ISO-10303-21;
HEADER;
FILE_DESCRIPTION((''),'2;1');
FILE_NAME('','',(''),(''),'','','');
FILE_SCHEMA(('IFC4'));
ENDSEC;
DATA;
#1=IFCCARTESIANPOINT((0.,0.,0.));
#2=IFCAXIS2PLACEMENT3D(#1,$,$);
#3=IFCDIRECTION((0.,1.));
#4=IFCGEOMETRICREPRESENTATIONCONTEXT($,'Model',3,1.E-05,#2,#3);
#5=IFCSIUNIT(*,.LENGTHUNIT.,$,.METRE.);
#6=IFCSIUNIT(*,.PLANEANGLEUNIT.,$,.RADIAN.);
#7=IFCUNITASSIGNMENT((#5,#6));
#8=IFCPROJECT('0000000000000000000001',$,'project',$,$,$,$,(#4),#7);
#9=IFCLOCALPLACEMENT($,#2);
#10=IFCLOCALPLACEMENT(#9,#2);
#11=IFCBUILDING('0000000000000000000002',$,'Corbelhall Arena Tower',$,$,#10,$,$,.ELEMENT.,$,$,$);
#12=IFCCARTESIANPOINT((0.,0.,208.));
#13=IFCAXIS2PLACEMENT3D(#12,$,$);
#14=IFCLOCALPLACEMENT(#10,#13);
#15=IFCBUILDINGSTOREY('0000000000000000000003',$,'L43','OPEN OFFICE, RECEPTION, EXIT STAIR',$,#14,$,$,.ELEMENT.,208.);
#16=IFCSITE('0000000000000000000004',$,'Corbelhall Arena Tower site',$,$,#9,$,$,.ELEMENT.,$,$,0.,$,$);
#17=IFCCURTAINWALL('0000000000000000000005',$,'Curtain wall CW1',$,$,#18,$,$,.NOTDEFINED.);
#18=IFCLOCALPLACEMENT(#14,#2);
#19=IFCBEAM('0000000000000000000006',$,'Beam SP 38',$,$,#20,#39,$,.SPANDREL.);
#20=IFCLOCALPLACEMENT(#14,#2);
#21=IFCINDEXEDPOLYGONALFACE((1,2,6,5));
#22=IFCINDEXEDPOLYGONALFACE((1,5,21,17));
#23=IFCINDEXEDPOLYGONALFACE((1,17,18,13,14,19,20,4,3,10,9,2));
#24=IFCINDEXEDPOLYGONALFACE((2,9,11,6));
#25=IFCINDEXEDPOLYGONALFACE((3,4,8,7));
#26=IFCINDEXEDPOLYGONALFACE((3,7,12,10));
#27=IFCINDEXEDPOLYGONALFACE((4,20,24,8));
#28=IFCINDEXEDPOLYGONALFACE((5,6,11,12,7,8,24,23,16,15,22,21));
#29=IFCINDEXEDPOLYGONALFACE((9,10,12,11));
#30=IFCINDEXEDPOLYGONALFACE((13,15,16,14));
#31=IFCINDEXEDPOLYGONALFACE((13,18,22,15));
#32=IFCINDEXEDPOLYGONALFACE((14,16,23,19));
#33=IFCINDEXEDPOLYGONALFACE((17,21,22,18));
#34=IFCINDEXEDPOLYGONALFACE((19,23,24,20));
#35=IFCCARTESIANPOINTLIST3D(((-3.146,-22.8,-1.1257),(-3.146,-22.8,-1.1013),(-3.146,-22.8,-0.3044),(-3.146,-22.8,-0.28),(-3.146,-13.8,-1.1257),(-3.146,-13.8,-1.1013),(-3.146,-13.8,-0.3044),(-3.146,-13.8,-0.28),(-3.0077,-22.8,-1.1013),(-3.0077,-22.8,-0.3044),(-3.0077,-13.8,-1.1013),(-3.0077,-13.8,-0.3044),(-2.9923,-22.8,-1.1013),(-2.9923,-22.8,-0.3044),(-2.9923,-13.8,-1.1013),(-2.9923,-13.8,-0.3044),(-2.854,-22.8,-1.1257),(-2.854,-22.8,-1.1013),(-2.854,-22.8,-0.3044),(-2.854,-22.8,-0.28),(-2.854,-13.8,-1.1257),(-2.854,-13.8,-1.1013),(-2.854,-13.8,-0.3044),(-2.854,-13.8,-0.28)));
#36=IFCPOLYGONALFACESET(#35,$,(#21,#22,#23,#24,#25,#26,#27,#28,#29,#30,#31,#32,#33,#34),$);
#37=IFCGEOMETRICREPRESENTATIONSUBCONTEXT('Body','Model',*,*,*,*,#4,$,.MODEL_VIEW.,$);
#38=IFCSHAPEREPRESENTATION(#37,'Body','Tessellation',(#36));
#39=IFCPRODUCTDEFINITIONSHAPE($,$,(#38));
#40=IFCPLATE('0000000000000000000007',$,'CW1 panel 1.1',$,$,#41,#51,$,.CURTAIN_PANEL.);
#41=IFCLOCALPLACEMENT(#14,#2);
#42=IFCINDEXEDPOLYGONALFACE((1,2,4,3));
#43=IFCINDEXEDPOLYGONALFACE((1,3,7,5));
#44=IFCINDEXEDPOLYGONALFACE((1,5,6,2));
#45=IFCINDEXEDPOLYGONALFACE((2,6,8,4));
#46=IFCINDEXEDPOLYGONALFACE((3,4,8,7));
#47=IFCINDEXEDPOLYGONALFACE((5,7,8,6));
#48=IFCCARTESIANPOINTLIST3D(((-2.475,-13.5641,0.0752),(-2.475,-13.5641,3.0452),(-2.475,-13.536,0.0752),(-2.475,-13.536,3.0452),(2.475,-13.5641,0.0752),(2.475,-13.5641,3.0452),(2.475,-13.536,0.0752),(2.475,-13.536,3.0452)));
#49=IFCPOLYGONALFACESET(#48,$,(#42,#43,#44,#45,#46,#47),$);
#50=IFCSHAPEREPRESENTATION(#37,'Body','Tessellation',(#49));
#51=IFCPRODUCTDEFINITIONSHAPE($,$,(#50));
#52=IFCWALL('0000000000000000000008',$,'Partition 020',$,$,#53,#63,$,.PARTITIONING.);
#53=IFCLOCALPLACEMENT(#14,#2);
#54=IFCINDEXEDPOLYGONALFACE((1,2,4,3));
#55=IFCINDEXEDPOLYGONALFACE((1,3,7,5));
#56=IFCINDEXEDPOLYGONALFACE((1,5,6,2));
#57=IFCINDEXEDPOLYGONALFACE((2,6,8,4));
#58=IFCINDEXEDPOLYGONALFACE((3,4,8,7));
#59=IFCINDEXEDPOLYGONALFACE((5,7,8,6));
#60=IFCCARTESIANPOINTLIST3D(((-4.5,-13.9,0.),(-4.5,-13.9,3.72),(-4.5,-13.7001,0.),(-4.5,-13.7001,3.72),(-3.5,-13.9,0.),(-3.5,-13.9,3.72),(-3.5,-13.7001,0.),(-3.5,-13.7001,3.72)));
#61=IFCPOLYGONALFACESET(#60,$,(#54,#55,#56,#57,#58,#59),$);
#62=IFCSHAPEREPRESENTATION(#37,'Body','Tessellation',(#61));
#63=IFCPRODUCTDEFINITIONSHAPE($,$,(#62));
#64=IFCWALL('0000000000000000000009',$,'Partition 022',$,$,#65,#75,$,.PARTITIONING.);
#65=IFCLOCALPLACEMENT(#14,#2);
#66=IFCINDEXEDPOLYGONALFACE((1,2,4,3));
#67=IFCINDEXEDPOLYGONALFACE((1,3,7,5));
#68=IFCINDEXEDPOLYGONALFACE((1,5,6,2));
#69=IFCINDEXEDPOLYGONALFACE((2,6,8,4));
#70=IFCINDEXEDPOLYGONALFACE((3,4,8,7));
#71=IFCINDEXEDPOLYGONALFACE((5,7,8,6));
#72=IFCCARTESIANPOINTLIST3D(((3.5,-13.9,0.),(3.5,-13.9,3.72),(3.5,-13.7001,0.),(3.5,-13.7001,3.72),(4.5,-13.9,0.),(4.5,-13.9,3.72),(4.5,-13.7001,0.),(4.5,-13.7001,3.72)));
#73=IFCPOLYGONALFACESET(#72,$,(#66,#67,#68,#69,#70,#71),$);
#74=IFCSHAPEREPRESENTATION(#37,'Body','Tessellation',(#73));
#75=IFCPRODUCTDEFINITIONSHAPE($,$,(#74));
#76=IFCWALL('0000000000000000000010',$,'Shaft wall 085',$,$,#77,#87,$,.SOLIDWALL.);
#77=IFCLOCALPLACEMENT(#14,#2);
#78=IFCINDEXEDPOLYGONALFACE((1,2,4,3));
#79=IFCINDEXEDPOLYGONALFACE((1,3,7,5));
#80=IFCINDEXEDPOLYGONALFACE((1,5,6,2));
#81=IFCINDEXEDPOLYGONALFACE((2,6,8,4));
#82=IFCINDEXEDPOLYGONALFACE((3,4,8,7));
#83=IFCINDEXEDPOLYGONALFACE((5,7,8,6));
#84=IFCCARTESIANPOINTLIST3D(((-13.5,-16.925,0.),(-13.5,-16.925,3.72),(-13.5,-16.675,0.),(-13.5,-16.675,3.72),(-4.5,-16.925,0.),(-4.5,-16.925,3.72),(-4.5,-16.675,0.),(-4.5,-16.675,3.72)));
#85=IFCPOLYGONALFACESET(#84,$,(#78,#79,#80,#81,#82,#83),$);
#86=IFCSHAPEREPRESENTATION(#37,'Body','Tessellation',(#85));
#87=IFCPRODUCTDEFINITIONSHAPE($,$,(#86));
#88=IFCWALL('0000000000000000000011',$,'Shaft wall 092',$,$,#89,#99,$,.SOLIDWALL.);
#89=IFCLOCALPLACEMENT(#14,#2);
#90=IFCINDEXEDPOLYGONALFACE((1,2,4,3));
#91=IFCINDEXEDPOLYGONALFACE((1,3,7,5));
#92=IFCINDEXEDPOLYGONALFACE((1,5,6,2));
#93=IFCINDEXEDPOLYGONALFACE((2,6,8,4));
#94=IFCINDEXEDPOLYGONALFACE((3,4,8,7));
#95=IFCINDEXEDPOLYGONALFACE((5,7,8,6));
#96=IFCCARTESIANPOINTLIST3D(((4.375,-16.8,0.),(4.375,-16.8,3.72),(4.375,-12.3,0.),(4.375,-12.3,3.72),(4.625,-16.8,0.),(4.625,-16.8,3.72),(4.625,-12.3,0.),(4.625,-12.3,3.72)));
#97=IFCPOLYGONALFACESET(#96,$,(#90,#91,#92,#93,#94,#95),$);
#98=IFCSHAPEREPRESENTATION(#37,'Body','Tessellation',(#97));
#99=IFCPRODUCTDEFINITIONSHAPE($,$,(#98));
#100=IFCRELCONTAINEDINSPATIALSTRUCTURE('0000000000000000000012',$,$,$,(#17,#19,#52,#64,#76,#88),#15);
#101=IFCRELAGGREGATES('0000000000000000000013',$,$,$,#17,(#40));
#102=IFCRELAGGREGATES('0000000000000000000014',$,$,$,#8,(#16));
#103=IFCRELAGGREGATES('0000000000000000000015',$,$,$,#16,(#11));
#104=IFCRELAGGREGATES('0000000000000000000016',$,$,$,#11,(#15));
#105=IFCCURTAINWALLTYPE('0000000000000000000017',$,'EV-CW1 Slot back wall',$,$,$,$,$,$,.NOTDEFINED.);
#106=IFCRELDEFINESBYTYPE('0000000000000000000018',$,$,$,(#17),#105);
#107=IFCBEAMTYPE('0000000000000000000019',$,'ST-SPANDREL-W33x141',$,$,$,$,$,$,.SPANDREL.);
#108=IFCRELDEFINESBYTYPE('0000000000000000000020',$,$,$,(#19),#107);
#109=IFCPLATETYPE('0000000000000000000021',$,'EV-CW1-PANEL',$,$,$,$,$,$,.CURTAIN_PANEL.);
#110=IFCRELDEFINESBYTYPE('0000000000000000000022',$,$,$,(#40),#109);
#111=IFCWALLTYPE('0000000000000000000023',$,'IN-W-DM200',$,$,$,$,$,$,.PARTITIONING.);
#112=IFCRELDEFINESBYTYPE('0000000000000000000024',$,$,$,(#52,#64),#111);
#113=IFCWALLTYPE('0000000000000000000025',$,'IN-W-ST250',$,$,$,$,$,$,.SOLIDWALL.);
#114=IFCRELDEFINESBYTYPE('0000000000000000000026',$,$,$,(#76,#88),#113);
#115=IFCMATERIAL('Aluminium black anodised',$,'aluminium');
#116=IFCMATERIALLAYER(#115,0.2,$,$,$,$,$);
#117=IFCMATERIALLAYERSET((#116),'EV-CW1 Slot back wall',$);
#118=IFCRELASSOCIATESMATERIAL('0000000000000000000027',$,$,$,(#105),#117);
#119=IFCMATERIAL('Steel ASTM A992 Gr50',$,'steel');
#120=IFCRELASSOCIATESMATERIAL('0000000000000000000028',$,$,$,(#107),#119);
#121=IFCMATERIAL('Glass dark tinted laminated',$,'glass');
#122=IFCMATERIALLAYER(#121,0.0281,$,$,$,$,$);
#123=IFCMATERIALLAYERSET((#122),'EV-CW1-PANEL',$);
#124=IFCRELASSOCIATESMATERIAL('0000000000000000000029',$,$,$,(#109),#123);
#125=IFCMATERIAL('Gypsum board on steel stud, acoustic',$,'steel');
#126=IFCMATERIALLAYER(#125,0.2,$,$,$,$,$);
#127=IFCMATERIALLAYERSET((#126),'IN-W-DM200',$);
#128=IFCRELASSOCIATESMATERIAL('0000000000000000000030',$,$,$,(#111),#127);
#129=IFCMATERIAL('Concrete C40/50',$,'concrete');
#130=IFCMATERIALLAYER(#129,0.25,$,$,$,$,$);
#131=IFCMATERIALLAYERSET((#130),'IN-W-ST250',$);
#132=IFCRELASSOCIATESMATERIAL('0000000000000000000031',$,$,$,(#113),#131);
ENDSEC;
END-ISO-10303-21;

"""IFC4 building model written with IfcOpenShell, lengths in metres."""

from ifc_helpers import new_model, si_unit, direction, frame, frame_2d, origin, origin_2d, place, context, subcontext, project, spatial, rectangle, i_section, extrude, material, layer, layer_set, material_profile, profile_set, type_object, element, aggregate, save


model = new_model("IFC4")

# Units and contexts
model_context = context("Model", 3, precision=1e-05, world=origin(), true_north=direction((0.0, 1.0)))
body_context = subcontext(model_context, "Body", "Model", "MODEL_VIEW")
ifc_project = project(units=[si_unit("LENGTHUNIT", "METRE"), si_unit("PLANEANGLEUNIT", "RADIAN")], contexts=[model_context])

# Site, building, storey
site_placement = place(None, origin())
site = spatial("IfcSite", under=ifc_project, at=site_placement, Name="Corbelhall Arena Tower site", CompositionType="ELEMENT", RefElevation=0.0)
building_placement = place(site_placement, origin())
building = spatial("IfcBuilding", under=site, at=building_placement, Name="Corbelhall Arena Tower", CompositionType="ELEMENT")
storey_placement = place(building_placement, frame((0.0, 0.0, 208.0)))
storey = spatial("IfcBuildingStorey", under=building, at=storey_placement, Name="L43", Description="OPEN OFFICE, RECEPTION, EXIT STAIR", CompositionType="ELEMENT", Elevation=208.0)

# Curtain wall
ifc_material_1 = material(Name="Aluminium black anodised", Category="aluminium")
ifc_layer_1 = layer(ifc_material_1, 0.2)
ifc_layer_set_1 = layer_set([ifc_layer_1], Name="EV-CW1 Slot back wall")
curtain_wall_type = type_object("IfcCurtainWallType", Name="EV-CW1 Slot back wall", PredefinedType="NOTDEFINED", material=ifc_layer_set_1)
curtain_wall_placement = place(storey_placement, origin())
curtain_wall = element("IfcCurtainWall", 1, at=curtain_wall_placement, inside=storey, type_object=curtain_wall_type, Name="Curtain wall CW1", PredefinedType="NOTDEFINED")

# Beam
ifc_material_2 = material(Name="Steel ASTM A992 Gr50", Category="steel")
ifc_material_profile_1 = material_profile(ifc_material_2, i_section(OverallWidth=0.292, OverallDepth=0.8457, WebThickness=0.0154, FlangeThickness=0.0244, at=origin_2d()))
ifc_profile_set_1 = profile_set([ifc_material_profile_1], Name="Steel ASTM A992 Gr50")
beam_type_1 = type_object("IfcBeamType", Name="ST-SPANDREL-W33x141", PredefinedType="SPANDREL", material=ifc_profile_set_1)
for number, where, z_axis, x_axis, name in (
    (2, (-3.0, -13.8, -0.7029), (0.0, -1.0, 0.0), (1.0, 0.0, 0.0), "Beam SP 38"),
):
    element("IfcBeam", number, at=place(storey_placement, frame(where, z_axis=z_axis, x_axis=x_axis)), inside=storey, type_object=beam_type_1, Name=name, PredefinedType="SPANDREL", context=body_context, shape_type="SweptSolid", body=[
        extrude(i_section(OverallWidth=0.292, OverallDepth=0.8457, WebThickness=0.0154, FlangeThickness=0.0244, at=origin_2d()), origin(), (0.0, 0.0, 1.0), 9.0),
    ])

# Plate
ifc_material_3 = material(Name="Glass dark tinted laminated", Category="glass")
ifc_layer_2 = layer(ifc_material_3, 0.0281)
ifc_layer_set_2 = layer_set([ifc_layer_2], Name="EV-CW1-PANEL")
plate_type = type_object("IfcPlateType", Name="EV-CW1-PANEL", PredefinedType="CURTAIN_PANEL", material=ifc_layer_set_2)
plate_placement = place(storey_placement, frame((0.0, -13.55, 0.0752), z_axis=(0.0, 0.0, 1.0), x_axis=(1.0, 0.0, 0.0)))
plate = element("IfcPlate", 3, at=plate_placement, type_object=plate_type, Name="CW1 panel 1.1", PredefinedType="CURTAIN_PANEL", context=body_context, shape_type="SweptSolid", body=[
    extrude(rectangle(XDim=4.95, YDim=0.0281, at=origin_2d()), origin(), (0.0, 0.0, 1.0), 2.97),
])
aggregate(curtain_wall, [plate])

# Walls
ifc_material_4 = material(Name="Gypsum board on steel stud, acoustic", Category="steel")
ifc_layer_3 = layer(ifc_material_4, 0.2)
ifc_layer_set_3 = layer_set([ifc_layer_3], Name="IN-W-DM200")
wall_type_1 = type_object("IfcWallType", Name="IN-W-DM200", PredefinedType="PARTITIONING", material=ifc_layer_set_3)
for number, where, z_axis, x_axis, name in (
    (4, (-3.5, -13.8, 0.0), (0.0, 0.0, 1.0), (-1.0, 0.0, 0.0), "Partition 020"),
    (5, (4.5, -13.8, 0.0), (0.0, 0.0, 1.0), (-1.0, 0.0, 0.0), "Partition 022"),
):
    element("IfcWall", number, at=place(storey_placement, frame(where, z_axis=z_axis, x_axis=x_axis)), inside=storey, type_object=wall_type_1, Name=name, PredefinedType="PARTITIONING", context=body_context, shape_type="SweptSolid", body=[
        extrude(rectangle(XDim=1.0, YDim=0.2, at=frame_2d((0.5, 0.0))), origin(), (0.0, 0.0, 1.0), 3.72),
    ])
ifc_material_5 = material(Name="Concrete C40/50", Category="concrete")
ifc_layer_4 = layer(ifc_material_5, 0.25)
ifc_layer_set_4 = layer_set([ifc_layer_4], Name="IN-W-ST250")
wall_type_2 = type_object("IfcWallType", Name="IN-W-ST250", PredefinedType="SOLIDWALL", material=ifc_layer_set_4)
wall_1_placement = place(storey_placement, frame((-4.5, -16.8, 0.0), z_axis=(0.0, 0.0, 1.0), x_axis=(-1.0, 0.0, 0.0)))
element("IfcWall", 6, at=wall_1_placement, inside=storey, type_object=wall_type_2, Name="Shaft wall 085", PredefinedType="SOLIDWALL", context=body_context, shape_type="SweptSolid", body=[
    extrude(rectangle(XDim=9.0, YDim=0.25, at=frame_2d((4.5, 0.0))), origin(), (0.0, 0.0, 1.0), 3.72),
])
wall_2_placement = place(storey_placement, frame((4.5, -16.8, 0.0), z_axis=(0.0, 0.0, 1.0), x_axis=(0.0, 1.0, 0.0)))
element("IfcWall", 7, at=wall_2_placement, inside=storey, type_object=wall_type_2, Name="Shaft wall 092", PredefinedType="SOLIDWALL", context=body_context, shape_type="SweptSolid", body=[
    extrude(rectangle(XDim=4.5, YDim=0.25, at=frame_2d((2.25, 0.0))), origin(), (0.0, 0.0, 1.0), 3.72),
])

save(model, "model.ifc")
